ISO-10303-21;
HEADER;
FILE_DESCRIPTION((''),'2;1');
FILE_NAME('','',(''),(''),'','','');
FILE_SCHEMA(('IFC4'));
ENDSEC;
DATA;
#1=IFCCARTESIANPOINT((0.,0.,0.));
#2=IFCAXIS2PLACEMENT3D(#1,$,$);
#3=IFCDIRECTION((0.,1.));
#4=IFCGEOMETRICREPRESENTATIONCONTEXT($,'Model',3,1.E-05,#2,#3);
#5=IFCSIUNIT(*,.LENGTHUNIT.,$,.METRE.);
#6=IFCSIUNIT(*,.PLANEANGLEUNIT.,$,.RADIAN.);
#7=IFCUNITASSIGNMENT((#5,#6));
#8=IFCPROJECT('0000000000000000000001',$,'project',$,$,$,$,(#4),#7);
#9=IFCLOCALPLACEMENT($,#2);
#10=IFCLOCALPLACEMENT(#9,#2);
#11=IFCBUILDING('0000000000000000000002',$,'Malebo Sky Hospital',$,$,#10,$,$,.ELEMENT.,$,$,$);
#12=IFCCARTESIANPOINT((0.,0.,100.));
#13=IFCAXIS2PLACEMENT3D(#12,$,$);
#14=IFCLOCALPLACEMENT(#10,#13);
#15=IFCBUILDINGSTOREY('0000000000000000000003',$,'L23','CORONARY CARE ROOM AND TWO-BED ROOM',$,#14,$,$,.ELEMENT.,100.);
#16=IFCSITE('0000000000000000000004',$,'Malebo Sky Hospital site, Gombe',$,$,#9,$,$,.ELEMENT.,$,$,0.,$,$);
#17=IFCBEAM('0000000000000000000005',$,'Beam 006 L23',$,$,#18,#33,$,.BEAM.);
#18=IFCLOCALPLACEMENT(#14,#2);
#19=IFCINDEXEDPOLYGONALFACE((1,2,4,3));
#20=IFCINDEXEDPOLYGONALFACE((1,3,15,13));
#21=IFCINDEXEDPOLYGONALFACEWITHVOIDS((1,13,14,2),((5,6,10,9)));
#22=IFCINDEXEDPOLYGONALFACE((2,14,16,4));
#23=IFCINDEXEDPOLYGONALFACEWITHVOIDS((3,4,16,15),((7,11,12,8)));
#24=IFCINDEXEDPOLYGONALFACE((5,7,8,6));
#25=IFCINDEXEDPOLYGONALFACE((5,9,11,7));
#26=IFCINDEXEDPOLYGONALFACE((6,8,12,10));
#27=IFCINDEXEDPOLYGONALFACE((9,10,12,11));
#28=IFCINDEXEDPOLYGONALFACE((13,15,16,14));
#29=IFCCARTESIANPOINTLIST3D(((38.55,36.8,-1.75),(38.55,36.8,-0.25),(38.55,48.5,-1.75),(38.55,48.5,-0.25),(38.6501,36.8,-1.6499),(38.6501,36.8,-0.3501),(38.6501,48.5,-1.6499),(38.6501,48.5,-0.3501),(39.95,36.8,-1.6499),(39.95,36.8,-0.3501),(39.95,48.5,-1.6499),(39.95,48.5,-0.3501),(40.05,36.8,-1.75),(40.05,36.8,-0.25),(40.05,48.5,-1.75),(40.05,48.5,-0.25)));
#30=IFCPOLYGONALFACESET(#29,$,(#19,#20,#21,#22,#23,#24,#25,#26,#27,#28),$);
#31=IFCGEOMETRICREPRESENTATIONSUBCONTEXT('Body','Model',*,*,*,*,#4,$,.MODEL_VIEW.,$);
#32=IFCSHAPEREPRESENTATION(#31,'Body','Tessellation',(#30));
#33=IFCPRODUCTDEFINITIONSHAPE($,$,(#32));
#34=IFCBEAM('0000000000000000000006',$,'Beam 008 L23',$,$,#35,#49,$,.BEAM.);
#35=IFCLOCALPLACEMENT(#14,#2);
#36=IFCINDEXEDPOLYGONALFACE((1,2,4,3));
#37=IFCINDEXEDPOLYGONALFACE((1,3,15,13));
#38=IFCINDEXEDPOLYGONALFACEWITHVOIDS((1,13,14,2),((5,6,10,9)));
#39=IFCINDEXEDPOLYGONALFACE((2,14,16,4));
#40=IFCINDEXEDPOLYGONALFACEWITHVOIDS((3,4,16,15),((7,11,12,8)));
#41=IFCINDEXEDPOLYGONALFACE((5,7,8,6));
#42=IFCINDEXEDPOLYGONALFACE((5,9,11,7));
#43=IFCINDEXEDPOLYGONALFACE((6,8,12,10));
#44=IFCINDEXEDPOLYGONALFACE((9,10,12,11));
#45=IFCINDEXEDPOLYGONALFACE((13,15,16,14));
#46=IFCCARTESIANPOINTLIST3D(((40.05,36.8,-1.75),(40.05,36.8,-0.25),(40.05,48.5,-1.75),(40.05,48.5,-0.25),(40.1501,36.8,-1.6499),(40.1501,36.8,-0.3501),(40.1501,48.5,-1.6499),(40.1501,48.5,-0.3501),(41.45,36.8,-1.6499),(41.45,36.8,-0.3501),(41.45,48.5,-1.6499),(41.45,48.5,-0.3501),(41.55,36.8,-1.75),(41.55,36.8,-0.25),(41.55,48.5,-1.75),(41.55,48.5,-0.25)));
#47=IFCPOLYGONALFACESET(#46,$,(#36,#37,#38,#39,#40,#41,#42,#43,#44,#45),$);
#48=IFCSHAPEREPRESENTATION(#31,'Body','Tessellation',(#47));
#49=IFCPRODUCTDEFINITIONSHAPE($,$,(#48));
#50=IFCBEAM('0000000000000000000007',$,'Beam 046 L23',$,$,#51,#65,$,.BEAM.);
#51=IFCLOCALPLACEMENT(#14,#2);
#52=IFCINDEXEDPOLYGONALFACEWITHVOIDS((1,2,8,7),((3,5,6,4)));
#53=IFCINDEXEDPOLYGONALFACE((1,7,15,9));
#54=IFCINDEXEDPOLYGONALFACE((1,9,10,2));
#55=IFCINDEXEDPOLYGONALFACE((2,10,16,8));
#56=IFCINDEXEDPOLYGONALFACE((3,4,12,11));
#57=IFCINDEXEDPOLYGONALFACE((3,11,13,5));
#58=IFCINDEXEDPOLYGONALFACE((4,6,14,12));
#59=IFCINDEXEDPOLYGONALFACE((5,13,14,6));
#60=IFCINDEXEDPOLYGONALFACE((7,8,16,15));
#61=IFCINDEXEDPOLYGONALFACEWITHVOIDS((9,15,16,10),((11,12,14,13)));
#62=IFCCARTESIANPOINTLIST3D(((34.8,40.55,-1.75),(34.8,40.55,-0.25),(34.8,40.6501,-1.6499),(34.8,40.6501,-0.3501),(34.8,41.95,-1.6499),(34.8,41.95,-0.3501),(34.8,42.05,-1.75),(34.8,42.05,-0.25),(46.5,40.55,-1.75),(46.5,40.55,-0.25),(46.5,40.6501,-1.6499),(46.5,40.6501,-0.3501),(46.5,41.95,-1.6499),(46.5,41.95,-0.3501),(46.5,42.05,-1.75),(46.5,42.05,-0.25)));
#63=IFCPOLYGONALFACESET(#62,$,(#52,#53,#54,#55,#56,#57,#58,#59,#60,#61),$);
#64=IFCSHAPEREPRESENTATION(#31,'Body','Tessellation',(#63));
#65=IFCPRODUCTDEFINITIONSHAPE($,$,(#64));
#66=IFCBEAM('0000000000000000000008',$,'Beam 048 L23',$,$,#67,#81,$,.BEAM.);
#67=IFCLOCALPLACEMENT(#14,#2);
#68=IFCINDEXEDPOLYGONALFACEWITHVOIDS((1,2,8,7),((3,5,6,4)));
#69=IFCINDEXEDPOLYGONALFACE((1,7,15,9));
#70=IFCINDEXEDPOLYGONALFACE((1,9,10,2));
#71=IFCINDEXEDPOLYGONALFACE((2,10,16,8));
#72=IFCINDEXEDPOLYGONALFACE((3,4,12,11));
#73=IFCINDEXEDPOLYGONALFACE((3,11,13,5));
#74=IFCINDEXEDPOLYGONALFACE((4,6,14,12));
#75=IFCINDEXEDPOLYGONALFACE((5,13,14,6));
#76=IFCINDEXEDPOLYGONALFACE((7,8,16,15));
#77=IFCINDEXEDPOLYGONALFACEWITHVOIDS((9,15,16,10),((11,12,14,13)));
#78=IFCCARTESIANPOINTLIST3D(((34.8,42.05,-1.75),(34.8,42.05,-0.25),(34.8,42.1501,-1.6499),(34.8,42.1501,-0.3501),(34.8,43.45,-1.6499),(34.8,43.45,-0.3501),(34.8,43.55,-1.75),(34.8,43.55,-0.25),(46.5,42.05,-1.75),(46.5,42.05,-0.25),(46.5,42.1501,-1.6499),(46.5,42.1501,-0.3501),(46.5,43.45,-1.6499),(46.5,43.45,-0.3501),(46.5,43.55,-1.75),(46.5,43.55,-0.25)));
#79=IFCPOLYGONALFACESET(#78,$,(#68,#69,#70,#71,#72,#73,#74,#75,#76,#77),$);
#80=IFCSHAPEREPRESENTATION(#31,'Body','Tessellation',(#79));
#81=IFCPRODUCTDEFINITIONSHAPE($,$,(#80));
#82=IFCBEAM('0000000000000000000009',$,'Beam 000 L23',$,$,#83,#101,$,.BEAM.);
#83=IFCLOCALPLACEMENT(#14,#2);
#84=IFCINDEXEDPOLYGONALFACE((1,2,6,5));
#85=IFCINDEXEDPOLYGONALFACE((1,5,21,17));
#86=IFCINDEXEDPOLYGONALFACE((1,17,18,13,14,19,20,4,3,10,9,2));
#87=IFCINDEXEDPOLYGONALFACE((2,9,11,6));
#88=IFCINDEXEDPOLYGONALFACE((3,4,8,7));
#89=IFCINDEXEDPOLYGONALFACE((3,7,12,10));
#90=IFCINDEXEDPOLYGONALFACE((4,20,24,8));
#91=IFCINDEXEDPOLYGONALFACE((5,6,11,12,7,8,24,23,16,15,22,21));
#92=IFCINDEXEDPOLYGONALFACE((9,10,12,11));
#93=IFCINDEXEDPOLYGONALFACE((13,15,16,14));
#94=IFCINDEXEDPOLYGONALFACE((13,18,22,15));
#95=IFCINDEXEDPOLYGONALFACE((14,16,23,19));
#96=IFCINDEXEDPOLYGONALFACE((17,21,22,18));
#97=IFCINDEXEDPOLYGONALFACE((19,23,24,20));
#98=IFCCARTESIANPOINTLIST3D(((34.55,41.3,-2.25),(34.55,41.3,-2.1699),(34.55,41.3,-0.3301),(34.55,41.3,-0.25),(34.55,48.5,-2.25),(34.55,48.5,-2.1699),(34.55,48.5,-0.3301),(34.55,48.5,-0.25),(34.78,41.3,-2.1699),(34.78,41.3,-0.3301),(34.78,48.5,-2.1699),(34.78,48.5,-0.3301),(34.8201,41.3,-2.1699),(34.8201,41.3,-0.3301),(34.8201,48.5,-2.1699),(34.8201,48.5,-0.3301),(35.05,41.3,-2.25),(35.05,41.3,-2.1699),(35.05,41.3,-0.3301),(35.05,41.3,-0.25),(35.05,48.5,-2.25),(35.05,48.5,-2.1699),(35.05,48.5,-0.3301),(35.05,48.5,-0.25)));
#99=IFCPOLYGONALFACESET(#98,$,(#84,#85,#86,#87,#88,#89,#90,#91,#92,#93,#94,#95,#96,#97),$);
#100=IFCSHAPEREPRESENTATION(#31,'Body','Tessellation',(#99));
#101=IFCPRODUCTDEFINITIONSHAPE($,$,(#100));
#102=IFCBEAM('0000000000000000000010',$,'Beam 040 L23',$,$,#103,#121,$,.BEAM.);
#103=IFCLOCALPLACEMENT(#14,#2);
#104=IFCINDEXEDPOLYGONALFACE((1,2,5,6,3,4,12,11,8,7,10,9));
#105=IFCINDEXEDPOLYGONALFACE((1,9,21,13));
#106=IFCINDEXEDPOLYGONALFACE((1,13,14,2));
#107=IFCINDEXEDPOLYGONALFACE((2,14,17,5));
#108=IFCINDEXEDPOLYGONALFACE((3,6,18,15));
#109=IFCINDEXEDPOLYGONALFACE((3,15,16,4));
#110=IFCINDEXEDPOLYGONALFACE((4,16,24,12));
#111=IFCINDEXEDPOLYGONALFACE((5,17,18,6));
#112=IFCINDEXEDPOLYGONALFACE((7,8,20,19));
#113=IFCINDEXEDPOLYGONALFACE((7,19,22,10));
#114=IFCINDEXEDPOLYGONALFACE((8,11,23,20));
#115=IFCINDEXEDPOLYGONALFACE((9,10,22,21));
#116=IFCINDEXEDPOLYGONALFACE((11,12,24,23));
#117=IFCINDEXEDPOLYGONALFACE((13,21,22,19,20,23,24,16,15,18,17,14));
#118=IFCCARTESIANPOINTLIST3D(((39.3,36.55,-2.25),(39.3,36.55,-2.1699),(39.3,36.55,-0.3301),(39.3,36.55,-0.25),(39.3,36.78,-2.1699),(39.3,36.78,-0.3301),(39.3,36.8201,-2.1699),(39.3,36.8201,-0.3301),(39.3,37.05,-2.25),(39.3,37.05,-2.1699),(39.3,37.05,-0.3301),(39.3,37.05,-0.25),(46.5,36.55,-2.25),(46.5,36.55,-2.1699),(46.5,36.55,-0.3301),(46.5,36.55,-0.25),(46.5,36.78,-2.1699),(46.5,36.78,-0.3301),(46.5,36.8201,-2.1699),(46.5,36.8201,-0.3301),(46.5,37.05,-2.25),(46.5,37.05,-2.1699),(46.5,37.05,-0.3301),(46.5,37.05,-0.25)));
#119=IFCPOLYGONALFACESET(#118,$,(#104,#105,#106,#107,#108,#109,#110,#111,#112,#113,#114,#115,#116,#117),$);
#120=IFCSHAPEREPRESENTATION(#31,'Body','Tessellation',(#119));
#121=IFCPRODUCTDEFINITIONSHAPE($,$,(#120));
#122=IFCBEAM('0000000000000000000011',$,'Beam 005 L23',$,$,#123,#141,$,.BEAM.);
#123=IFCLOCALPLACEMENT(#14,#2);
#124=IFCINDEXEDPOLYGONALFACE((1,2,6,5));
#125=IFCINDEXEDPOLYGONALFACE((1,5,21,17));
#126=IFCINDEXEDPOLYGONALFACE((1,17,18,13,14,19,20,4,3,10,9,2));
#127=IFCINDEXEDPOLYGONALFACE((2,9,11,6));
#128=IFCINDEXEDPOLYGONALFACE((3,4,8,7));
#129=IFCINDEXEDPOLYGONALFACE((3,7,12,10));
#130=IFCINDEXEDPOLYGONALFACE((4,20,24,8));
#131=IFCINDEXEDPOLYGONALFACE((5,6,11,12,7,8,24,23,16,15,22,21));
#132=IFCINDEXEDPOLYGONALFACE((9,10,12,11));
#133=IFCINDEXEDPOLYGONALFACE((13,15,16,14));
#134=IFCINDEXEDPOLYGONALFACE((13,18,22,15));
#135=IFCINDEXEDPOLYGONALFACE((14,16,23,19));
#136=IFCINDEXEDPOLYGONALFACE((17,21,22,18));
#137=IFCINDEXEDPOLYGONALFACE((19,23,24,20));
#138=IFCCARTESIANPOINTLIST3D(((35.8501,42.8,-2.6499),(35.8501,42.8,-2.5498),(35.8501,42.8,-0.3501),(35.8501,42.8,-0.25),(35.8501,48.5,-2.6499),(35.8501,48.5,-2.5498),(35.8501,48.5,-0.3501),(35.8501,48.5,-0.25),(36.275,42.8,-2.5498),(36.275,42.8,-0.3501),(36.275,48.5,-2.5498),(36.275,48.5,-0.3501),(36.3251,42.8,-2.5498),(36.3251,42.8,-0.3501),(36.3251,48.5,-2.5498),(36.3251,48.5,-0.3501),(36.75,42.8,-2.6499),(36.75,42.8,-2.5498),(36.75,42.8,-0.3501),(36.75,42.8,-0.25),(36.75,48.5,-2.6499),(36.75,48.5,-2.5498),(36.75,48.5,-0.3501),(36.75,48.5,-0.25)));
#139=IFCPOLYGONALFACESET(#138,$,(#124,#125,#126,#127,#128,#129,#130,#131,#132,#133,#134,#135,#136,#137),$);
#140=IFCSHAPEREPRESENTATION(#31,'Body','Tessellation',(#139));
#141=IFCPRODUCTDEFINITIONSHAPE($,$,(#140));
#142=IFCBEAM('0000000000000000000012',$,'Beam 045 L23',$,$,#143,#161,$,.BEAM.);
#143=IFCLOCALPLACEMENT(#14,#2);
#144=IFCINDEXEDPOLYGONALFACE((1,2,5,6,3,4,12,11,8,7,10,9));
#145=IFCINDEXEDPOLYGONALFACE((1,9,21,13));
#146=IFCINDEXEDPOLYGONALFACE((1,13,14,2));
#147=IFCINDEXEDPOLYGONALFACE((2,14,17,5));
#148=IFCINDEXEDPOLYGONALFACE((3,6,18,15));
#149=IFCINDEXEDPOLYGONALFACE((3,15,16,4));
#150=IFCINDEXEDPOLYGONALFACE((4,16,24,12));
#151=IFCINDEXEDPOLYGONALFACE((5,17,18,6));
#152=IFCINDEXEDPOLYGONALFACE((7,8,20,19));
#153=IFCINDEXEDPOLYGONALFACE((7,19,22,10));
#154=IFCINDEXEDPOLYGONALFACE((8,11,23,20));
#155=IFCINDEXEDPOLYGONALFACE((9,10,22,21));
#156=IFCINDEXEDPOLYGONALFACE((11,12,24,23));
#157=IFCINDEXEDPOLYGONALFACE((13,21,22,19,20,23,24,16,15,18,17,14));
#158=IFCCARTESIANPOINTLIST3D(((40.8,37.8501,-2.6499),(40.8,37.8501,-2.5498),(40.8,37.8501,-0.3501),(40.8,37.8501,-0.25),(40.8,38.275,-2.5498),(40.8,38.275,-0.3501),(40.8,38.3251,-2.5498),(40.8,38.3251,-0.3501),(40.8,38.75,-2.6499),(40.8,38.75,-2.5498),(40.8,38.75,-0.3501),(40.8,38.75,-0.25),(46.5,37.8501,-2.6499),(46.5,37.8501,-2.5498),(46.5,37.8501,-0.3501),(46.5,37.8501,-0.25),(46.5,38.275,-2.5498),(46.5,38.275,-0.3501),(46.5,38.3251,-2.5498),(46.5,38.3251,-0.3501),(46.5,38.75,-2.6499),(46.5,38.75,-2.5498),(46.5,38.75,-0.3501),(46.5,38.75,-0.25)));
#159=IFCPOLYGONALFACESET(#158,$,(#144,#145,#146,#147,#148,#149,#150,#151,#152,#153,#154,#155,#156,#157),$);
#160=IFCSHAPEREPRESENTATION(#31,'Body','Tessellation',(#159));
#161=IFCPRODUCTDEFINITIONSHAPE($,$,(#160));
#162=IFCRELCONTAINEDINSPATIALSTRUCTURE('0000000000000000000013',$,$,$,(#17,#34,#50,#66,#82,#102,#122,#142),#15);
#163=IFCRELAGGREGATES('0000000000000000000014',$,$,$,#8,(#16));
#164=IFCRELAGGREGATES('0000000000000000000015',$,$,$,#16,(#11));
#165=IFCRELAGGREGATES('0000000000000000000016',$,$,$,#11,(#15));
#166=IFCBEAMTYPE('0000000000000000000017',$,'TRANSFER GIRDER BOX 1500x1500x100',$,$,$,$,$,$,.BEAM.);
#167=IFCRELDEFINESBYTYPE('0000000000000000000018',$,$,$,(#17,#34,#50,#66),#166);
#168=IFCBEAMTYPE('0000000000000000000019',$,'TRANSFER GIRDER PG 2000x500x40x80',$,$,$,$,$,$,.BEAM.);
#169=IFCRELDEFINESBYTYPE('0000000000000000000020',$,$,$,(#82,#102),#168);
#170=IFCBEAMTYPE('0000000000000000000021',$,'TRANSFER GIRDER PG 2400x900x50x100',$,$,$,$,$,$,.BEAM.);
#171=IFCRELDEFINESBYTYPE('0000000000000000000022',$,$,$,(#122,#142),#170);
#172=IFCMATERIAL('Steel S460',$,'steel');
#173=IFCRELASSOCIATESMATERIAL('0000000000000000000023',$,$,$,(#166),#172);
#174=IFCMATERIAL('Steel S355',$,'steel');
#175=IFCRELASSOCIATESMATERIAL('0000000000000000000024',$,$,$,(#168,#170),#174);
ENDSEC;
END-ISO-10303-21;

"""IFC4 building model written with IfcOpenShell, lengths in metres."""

from ifc_helpers import new_model, si_unit, direction, frame, origin, origin_2d, place, context, subcontext, project, spatial, hollow_rectangle, i_section, extrude, material, material_profile, profile_set, type_object, element, save


model = new_model("IFC4")

# Units and contexts
model_context = context("Model", 3, precision=1e-05, world=origin(), true_north=direction((0.0, 1.0)))
body_context = subcontext(model_context, "Body", "Model", "MODEL_VIEW")
ifc_project = project(units=[si_unit("LENGTHUNIT", "METRE"), si_unit("PLANEANGLEUNIT", "RADIAN")], contexts=[model_context])

# Site, building, storey
site_placement = place(None, origin())
site = spatial("IfcSite", under=ifc_project, at=site_placement, Name="Malebo Sky Hospital site, Gombe", CompositionType="ELEMENT", RefElevation=0.0)
building_placement = place(site_placement, origin())
building = spatial("IfcBuilding", under=site, at=building_placement, Name="Malebo Sky Hospital", CompositionType="ELEMENT")
storey_placement = place(building_placement, frame((0.0, 0.0, 100.0)))
storey = spatial("IfcBuildingStorey", under=building, at=storey_placement, Name="L23", Description="CORONARY CARE ROOM AND TWO-BED ROOM", CompositionType="ELEMENT", Elevation=100.0)

# Shared definitions
ifc_material_1 = material(Name="Steel S460", Category="steel")

# Beams
ifc_material_profile_1 = material_profile(ifc_material_1, hollow_rectangle(XDim=1.5, YDim=1.5, WallThickness=0.1001, at=origin_2d()), Name="BOX 1500x1500x100")
ifc_profile_set_1 = profile_set([ifc_material_profile_1], Name="Steel S460")
beam_type_1 = type_object("IfcBeamType", Name="TRANSFER GIRDER BOX 1500x1500x100", PredefinedType="BEAM", material=ifc_profile_set_1)
for number, where, z_axis, x_axis, name in (
    (1, (39.3, 36.8, -1.0), (0.0, 1.0, 0.0), (-1.0, 0.0, 0.0), "Beam 006 L23"),
    (2, (40.8, 36.8, -1.0), (0.0, 1.0, 0.0), (-1.0, 0.0, 0.0), "Beam 008 L23"),
    (3, (34.8, 41.3, -1.0), (1.0, 0.0, 0.0), (0.0, 1.0, 0.0), "Beam 046 L23"),
    (4, (34.8, 42.8, -1.0), (1.0, 0.0, 0.0), (0.0, 1.0, 0.0), "Beam 048 L23"),
):
    element("IfcBeam", number, at=place(storey_placement, frame(where, z_axis=z_axis, x_axis=x_axis)), inside=storey, type_object=beam_type_1, Name=name, PredefinedType="BEAM", context=body_context, shape_type="SweptSolid", body=[
        extrude(hollow_rectangle(XDim=1.5, YDim=1.5, WallThickness=0.1001, at=origin_2d()), origin(), (0.0, 0.0, 1.0), 11.7),
    ])
ifc_material_2 = material(Name="Steel S355", Category="steel")
ifc_material_profile_2 = material_profile(ifc_material_2, i_section(OverallWidth=0.5, OverallDepth=2.0, WebThickness=0.04, FlangeThickness=0.0801, at=origin_2d()), Name="PG 2000x500x40x80")
ifc_profile_set_2 = profile_set([ifc_material_profile_2], Name="Steel S355")
beam_type_2 = type_object("IfcBeamType", Name="TRANSFER GIRDER PG 2000x500x40x80", PredefinedType="BEAM", material=ifc_profile_set_2)
for number, where, z_axis, x_axis, name in (
    (5, (34.8, 41.3, -1.25), (0.0, 1.0, 0.0), (-1.0, 0.0, 0.0), "Beam 000 L23"),
    (6, (39.3, 36.8, -1.25), (1.0, 0.0, 0.0), (0.0, 1.0, 0.0), "Beam 040 L23"),
):
    element("IfcBeam", number, at=place(storey_placement, frame(where, z_axis=z_axis, x_axis=x_axis)), inside=storey, type_object=beam_type_2, Name=name, PredefinedType="BEAM", context=body_context, shape_type="SweptSolid", body=[
        extrude(i_section(OverallWidth=0.5, OverallDepth=2.0, WebThickness=0.04, FlangeThickness=0.0801, at=origin_2d()), origin(), (0.0, 0.0, 1.0), 7.2),
    ])
ifc_material_profile_3 = material_profile(ifc_material_2, i_section(OverallWidth=0.8999, OverallDepth=2.3999, WebThickness=0.05, FlangeThickness=0.1001, at=origin_2d()), Name="PG 2400x900x50x100")
ifc_profile_set_3 = profile_set([ifc_material_profile_3], Name="Steel S355")
beam_type_3 = type_object("IfcBeamType", Name="TRANSFER GIRDER PG 2400x900x50x100", PredefinedType="BEAM", material=ifc_profile_set_3)
for number, where, z_axis, x_axis, name in (
    (7, (36.3, 42.8, -1.45), (0.0, 1.0, 0.0), (-1.0, 0.0, 0.0), "Beam 005 L23"),
    (8, (40.8, 38.3, -1.45), (1.0, 0.0, 0.0), (0.0, 1.0, 0.0), "Beam 045 L23"),
):
    element("IfcBeam", number, at=place(storey_placement, frame(where, z_axis=z_axis, x_axis=x_axis)), inside=storey, type_object=beam_type_3, Name=name, PredefinedType="BEAM", context=body_context, shape_type="SweptSolid", body=[
        extrude(i_section(OverallWidth=0.8999, OverallDepth=2.3999, WebThickness=0.05, FlangeThickness=0.1001, at=origin_2d()), origin(), (0.0, 0.0, 1.0), 5.7),
    ])

save(model, "model.ifc")
